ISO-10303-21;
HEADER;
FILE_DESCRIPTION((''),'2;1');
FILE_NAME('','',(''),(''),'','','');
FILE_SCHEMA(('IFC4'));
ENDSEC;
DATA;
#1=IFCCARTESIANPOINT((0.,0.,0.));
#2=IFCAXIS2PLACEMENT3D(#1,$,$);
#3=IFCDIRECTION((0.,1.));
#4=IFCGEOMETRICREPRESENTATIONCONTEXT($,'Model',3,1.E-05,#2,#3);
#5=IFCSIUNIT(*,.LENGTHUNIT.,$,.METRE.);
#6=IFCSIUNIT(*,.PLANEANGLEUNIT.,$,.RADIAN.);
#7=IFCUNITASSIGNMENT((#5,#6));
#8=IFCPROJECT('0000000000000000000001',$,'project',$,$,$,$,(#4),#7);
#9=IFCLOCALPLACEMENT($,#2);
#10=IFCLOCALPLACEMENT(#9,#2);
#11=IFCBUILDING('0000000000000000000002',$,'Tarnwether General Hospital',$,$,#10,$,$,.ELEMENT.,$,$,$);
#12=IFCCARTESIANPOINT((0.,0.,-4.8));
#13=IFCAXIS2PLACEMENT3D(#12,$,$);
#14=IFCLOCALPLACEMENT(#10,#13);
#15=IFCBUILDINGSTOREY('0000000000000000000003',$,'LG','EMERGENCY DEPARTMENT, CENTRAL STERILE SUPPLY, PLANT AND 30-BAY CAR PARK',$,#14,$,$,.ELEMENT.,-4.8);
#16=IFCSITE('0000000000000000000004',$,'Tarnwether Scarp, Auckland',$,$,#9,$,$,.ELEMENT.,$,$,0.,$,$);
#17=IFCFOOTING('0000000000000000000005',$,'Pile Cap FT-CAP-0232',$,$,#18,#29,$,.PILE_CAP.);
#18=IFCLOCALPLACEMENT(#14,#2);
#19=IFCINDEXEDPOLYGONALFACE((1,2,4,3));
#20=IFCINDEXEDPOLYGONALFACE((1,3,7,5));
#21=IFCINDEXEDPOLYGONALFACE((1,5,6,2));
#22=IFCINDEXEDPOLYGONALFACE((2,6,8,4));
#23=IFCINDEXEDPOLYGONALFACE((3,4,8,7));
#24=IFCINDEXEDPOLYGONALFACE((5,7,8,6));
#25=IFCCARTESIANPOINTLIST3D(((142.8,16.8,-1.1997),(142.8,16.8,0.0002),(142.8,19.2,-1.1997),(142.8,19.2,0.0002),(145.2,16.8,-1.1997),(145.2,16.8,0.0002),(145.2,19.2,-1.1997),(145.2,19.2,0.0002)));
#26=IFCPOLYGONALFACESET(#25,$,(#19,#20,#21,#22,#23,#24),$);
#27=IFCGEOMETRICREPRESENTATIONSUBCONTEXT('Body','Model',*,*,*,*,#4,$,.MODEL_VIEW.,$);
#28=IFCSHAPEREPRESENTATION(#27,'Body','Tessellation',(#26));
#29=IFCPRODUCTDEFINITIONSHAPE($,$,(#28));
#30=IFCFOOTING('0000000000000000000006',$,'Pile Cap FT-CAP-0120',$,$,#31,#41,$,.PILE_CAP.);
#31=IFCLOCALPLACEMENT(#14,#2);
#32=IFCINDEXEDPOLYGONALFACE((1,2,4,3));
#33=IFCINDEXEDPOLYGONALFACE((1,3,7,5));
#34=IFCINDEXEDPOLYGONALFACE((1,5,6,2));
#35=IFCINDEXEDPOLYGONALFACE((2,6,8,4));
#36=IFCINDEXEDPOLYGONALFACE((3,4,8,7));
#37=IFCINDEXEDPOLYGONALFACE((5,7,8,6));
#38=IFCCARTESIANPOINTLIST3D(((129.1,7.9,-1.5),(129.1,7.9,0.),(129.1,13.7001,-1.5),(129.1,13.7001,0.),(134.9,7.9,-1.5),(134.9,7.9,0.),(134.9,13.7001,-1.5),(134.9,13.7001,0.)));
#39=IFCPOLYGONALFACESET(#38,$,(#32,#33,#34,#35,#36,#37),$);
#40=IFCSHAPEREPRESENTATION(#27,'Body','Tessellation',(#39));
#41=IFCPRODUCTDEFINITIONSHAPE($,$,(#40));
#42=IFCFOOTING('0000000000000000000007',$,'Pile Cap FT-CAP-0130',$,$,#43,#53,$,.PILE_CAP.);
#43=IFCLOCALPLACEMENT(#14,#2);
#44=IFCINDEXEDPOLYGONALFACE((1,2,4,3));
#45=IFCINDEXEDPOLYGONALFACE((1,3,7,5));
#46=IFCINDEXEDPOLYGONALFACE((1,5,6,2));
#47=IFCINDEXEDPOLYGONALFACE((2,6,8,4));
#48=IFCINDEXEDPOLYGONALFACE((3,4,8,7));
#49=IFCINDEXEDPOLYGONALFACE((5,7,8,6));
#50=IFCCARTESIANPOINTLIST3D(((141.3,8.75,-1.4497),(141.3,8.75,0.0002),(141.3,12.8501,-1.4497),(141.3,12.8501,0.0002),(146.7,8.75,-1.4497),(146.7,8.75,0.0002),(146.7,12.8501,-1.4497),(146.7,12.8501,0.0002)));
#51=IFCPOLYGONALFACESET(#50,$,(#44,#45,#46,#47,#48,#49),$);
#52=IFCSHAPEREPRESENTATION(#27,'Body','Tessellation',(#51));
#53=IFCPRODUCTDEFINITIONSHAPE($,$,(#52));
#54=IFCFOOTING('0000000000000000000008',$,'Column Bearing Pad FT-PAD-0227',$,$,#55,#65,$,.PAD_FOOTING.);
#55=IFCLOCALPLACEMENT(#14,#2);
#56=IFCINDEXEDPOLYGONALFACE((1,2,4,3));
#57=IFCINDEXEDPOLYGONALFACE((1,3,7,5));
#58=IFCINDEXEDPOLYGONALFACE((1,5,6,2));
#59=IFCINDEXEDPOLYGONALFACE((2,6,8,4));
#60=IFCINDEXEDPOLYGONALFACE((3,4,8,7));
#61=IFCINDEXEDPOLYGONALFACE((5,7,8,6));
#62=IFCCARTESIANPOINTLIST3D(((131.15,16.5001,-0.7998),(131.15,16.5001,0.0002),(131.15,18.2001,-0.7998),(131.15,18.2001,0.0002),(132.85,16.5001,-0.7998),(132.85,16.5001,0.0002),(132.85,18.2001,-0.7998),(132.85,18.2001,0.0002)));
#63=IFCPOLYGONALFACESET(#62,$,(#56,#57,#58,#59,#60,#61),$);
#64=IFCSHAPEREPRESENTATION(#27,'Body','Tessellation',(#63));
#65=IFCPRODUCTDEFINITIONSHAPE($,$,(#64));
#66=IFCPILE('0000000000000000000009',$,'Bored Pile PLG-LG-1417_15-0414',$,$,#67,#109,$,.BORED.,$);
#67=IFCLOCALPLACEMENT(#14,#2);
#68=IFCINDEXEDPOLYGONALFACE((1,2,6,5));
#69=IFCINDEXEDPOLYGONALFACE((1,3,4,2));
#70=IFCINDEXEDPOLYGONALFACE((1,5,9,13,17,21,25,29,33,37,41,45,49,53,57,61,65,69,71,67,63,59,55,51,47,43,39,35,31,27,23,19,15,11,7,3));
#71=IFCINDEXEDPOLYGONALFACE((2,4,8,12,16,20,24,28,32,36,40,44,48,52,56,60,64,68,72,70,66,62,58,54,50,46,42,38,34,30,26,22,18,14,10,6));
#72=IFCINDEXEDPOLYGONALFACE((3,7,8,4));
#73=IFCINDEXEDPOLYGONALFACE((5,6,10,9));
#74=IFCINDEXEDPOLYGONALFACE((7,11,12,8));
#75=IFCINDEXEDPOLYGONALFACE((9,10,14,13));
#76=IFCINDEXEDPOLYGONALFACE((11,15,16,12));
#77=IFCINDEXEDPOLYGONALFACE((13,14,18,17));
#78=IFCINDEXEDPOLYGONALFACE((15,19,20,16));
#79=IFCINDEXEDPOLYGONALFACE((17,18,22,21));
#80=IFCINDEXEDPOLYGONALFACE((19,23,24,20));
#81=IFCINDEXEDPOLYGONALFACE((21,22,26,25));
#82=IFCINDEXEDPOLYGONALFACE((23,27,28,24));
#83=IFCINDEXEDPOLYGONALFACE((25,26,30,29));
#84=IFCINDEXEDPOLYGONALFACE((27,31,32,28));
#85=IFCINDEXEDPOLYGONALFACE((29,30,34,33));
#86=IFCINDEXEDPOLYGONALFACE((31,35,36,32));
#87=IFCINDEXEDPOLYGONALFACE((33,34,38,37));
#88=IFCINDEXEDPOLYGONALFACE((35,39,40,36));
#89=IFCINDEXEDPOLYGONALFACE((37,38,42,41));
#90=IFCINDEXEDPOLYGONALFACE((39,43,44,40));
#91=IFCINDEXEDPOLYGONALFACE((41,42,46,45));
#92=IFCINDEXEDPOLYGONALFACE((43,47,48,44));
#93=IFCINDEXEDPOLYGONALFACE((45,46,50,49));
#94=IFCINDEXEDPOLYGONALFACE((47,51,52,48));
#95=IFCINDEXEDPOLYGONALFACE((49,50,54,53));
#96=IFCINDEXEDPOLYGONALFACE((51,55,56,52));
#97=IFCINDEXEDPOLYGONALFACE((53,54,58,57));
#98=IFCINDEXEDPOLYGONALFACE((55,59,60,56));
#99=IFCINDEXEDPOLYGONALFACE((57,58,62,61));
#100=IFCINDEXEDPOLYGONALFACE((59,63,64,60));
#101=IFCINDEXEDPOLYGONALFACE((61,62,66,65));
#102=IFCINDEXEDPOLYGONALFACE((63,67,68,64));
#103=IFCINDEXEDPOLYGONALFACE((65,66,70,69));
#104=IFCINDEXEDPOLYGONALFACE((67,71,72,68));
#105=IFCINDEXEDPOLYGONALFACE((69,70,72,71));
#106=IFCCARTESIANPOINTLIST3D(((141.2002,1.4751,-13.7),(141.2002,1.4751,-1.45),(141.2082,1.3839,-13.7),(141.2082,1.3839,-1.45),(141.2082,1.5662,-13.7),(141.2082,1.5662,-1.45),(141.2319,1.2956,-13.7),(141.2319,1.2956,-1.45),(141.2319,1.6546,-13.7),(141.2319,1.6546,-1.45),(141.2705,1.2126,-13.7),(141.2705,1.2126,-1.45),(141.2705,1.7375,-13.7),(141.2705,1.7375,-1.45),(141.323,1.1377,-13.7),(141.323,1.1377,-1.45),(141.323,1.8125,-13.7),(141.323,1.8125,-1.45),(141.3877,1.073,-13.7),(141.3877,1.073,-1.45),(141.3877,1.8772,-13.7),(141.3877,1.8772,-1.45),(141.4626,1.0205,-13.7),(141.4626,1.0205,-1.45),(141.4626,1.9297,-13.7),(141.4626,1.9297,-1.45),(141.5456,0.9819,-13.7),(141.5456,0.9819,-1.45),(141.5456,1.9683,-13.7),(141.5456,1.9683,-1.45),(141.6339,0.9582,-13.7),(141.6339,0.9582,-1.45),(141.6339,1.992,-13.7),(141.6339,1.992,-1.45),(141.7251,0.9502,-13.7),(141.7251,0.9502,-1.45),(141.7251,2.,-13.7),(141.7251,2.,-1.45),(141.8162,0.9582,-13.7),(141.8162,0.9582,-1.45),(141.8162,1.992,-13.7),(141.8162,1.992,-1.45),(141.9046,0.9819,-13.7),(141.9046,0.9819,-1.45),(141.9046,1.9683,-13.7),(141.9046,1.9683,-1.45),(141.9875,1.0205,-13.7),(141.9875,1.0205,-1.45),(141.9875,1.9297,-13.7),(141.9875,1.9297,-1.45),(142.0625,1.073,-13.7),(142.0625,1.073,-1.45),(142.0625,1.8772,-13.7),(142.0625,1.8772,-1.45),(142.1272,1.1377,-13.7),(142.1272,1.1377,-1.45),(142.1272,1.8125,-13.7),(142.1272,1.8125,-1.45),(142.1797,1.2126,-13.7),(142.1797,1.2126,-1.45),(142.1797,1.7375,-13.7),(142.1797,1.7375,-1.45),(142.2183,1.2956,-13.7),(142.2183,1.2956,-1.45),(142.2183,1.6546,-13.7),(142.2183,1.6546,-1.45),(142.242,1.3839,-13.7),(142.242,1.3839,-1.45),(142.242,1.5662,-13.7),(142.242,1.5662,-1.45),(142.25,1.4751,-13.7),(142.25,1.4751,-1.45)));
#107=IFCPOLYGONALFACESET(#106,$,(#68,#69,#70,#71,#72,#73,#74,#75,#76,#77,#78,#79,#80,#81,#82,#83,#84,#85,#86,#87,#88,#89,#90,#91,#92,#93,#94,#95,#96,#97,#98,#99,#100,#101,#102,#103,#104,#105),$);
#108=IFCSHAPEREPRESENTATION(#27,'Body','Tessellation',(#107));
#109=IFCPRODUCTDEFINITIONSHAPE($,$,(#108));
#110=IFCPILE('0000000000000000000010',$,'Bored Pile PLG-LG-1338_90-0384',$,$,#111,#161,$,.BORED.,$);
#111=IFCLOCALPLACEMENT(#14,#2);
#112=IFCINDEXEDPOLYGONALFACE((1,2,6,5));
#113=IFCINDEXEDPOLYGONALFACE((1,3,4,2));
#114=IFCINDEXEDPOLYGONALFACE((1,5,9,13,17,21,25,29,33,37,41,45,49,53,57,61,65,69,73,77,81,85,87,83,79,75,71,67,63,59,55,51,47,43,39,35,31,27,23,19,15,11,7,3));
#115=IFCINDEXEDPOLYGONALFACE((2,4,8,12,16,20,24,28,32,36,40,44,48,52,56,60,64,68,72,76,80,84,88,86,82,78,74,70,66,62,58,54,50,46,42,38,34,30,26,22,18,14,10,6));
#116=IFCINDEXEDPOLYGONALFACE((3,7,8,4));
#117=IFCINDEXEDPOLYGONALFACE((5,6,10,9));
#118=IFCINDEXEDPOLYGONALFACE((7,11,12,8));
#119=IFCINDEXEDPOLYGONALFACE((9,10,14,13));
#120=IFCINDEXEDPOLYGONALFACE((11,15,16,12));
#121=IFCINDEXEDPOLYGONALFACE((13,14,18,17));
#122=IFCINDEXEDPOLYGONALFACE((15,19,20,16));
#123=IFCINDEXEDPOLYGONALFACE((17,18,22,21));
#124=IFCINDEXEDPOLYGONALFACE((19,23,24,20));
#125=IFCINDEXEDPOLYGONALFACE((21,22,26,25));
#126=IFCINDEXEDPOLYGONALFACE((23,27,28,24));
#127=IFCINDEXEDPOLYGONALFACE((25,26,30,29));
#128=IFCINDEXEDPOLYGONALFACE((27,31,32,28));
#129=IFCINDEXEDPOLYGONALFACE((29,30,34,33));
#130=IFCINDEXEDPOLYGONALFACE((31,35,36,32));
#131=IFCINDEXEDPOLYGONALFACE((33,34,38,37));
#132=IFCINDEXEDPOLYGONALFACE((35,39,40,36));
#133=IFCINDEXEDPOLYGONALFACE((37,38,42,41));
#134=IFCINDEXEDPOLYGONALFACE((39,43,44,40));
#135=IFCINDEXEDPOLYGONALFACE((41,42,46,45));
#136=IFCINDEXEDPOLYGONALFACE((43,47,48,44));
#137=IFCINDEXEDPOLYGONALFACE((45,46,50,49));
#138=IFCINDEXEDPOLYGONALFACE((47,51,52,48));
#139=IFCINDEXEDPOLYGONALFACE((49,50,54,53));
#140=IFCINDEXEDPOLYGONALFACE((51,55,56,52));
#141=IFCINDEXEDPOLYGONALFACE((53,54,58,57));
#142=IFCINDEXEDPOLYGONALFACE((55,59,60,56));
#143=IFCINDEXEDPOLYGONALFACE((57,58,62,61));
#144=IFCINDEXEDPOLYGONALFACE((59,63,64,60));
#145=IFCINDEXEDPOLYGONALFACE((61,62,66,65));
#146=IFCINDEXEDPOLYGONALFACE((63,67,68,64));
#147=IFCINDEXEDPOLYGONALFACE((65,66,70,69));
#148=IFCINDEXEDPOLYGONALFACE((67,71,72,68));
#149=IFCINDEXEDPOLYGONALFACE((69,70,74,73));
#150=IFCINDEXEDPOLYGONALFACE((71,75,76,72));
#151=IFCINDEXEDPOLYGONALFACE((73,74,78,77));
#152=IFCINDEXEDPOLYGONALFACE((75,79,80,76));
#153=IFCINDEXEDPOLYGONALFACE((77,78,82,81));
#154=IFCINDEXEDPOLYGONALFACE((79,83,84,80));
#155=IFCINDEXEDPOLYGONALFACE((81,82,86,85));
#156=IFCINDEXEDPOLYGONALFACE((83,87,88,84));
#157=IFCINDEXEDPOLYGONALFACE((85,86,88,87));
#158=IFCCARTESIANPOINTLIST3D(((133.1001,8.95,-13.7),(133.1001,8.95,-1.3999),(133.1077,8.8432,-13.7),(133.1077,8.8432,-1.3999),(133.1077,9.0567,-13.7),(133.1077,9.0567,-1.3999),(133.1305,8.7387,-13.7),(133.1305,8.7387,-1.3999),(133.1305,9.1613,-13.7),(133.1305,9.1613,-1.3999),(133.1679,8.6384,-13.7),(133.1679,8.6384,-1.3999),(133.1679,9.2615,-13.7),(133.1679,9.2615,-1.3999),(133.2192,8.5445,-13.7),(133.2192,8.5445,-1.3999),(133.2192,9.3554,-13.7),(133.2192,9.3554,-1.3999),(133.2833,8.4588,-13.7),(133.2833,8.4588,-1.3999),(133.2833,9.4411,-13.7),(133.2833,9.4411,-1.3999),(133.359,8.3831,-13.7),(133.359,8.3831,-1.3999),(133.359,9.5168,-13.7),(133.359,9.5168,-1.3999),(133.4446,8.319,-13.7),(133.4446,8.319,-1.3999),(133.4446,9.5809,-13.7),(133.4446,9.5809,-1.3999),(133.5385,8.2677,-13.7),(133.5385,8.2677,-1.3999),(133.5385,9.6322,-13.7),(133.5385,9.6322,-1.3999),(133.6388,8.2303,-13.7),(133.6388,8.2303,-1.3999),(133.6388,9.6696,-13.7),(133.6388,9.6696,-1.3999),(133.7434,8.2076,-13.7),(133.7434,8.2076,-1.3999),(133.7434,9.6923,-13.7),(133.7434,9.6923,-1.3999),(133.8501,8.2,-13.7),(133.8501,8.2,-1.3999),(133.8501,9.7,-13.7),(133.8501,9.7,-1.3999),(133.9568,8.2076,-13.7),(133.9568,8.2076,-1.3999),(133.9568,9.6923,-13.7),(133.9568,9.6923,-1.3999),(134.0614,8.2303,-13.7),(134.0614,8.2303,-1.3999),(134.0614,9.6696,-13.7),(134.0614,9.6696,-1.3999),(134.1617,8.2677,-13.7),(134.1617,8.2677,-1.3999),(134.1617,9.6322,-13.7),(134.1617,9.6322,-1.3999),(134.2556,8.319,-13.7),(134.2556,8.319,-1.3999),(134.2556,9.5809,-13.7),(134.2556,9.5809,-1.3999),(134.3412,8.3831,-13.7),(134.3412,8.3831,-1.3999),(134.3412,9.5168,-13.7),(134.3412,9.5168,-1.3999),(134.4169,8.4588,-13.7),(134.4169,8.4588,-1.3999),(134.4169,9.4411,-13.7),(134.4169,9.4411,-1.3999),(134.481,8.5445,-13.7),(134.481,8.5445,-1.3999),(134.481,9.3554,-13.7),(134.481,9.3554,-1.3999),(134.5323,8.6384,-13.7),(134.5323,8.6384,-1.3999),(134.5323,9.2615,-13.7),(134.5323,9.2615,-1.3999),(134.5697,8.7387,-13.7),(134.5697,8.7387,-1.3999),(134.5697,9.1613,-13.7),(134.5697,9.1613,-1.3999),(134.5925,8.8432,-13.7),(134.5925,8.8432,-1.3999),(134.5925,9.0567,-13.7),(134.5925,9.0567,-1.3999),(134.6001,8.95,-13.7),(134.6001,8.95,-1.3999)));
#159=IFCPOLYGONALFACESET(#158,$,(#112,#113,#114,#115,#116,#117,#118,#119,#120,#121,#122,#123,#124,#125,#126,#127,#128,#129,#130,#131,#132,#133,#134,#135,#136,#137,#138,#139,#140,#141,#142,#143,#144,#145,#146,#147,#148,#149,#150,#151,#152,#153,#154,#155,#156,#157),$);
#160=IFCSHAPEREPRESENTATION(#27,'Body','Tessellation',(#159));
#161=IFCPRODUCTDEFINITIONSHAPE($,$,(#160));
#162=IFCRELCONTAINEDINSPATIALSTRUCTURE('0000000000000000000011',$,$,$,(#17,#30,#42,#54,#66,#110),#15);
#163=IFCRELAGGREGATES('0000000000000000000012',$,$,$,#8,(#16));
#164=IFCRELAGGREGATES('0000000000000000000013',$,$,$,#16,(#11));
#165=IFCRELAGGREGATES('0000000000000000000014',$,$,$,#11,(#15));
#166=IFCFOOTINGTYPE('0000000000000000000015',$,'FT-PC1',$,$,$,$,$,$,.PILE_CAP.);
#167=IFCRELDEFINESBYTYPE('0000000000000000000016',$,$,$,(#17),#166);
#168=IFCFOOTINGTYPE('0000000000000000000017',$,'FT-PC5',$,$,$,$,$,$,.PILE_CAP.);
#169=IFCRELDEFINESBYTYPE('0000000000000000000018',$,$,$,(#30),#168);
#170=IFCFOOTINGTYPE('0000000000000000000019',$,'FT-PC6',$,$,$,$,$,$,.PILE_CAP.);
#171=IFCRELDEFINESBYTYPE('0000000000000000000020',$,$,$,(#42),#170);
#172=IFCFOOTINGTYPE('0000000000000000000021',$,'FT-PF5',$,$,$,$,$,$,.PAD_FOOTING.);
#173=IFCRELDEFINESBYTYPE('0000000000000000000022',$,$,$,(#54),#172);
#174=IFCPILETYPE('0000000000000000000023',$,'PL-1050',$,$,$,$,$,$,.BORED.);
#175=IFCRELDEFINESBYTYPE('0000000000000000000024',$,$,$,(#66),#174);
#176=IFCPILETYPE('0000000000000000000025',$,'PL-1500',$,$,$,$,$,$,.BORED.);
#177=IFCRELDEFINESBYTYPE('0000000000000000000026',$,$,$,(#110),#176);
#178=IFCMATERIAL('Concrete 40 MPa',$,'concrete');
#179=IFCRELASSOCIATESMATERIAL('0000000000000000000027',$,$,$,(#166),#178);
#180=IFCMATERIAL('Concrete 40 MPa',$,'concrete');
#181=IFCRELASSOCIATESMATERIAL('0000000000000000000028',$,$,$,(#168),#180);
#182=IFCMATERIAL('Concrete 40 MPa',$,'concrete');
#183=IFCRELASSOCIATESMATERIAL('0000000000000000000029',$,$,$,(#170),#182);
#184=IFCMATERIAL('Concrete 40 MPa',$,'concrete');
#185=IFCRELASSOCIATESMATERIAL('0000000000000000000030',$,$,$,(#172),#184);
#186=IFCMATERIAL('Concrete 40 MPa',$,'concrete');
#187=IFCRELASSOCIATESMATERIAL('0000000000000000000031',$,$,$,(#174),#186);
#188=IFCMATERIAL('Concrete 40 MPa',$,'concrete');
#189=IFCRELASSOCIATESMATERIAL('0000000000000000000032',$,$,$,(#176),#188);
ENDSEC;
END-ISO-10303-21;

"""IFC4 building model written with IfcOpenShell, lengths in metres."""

from ifc_helpers import new_model, si_unit, direction, frame, origin, origin_2d, place, context, subcontext, project, spatial, rectangle, circle, extrude, material, material_profile, profile_set, type_object, element, save


model = new_model("IFC4")

# Units and contexts
model_context = context("Model", 3, precision=1e-05, world=origin(), true_north=direction((0.0, 1.0)))
body_context = subcontext(model_context, "Body", "Model", "MODEL_VIEW")
ifc_project = project(units=[si_unit("LENGTHUNIT", "METRE"), si_unit("PLANEANGLEUNIT", "RADIAN")], contexts=[model_context])

# Site, building, storey
site_placement = place(None, origin())
site = spatial("IfcSite", under=ifc_project, at=site_placement, Name="Tarnwether Scarp, Auckland", CompositionType="ELEMENT", RefElevation=0.0)
building_placement = place(site_placement, origin())
building = spatial("IfcBuilding", under=site, at=building_placement, Name="Tarnwether General Hospital", CompositionType="ELEMENT")
storey_placement = place(building_placement, frame((0.0, 0.0, -4.8)))
storey = spatial("IfcBuildingStorey", under=building, at=storey_placement, Name="LG", Description="EMERGENCY DEPARTMENT, CENTRAL STERILE SUPPLY, PLANT AND 30-BAY CAR PARK", CompositionType="ELEMENT", Elevation=-4.8)

# Footings
ifc_material_1 = material(Name="Concrete 40 MPa", Category="concrete")
footing_type_1 = type_object("IfcFootingType", Name="FT-PC1", PredefinedType="PILE_CAP", material=ifc_material_1)
footing_1_placement = place(storey_placement, frame((144.0, 18.0, -1.1997), z_axis=(0.0, 0.0, 1.0), x_axis=(1.0, 0.0, 0.0)))
element("IfcFooting", 1, at=footing_1_placement, inside=storey, type_object=footing_type_1, Name="Pile Cap FT-CAP-0232", PredefinedType="PILE_CAP", context=body_context, shape_type="SweptSolid", body=[
    extrude(rectangle(XDim=2.3999, YDim=2.3999, at=origin_2d()), origin(), (0.0, 0.0, 1.0), 1.2),
])
ifc_material_2 = material(Name="Concrete 40 MPa", Category="concrete")
footing_type_2 = type_object("IfcFootingType", Name="FT-PC5", PredefinedType="PILE_CAP", material=ifc_material_2)
footing_2_placement = place(storey_placement, frame((132.0, 10.8, -1.5), z_axis=(0.0, 0.0, 1.0), x_axis=(0.0, 1.0, 0.0)))
element("IfcFooting", 2, at=footing_2_placement, inside=storey, type_object=footing_type_2, Name="Pile Cap FT-CAP-0120", PredefinedType="PILE_CAP", context=body_context, shape_type="SweptSolid", body=[
    extrude(rectangle(XDim=5.8, YDim=5.8, at=origin_2d()), origin(), (0.0, 0.0, 1.0), 1.5),
])
ifc_material_3 = material(Name="Concrete 40 MPa", Category="concrete")
footing_type_3 = type_object("IfcFootingType", Name="FT-PC6", PredefinedType="PILE_CAP", material=ifc_material_3)
footing_3_placement = place(storey_placement, frame((144.0, 10.8, -1.4497), z_axis=(0.0, 0.0, 1.0), x_axis=(1.0, 0.0, 0.0)))
element("IfcFooting", 3, at=footing_3_placement, inside=storey, type_object=footing_type_3, Name="Pile Cap FT-CAP-0130", PredefinedType="PILE_CAP", context=body_context, shape_type="SweptSolid", body=[
    extrude(rectangle(XDim=5.3999, YDim=4.1001, at=origin_2d()), origin(), (0.0, 0.0, 1.0), 1.45),
])
ifc_material_4 = material(Name="Concrete 40 MPa", Category="concrete")
footing_type_4 = type_object("IfcFootingType", Name="FT-PF5", PredefinedType="PAD_FOOTING", material=ifc_material_4)
footing_4_placement = place(storey_placement, frame((132.0, 17.3501, -0.7998), z_axis=(0.0, 0.0, 1.0), x_axis=(1.0, 0.0, 0.0)))
element("IfcFooting", 4, at=footing_4_placement, inside=storey, type_object=footing_type_4, Name="Column Bearing Pad FT-PAD-0227", PredefinedType="PAD_FOOTING", context=body_context, shape_type="SweptSolid", body=[
    extrude(rectangle(XDim=1.7, YDim=1.7, at=origin_2d()), origin(), (0.0, 0.0, 1.0), 0.8),
])

# Piles
ifc_material_5 = material(Name="Concrete 40 MPa", Category="concrete")
ifc_material_profile_1 = material_profile(ifc_material_5, circle(Radius=0.5249, at=origin_2d()), Name="PILE-D1050")
ifc_profile_set_1 = profile_set([ifc_material_profile_1], Name="Concrete 40 MPa")
pile_type_1 = type_object("IfcPileType", Name="PL-1050", PredefinedType="BORED", material=ifc_profile_set_1)
pile_1_placement = place(storey_placement, frame((141.7251, 1.4751, -1.45), z_axis=(0.0, 0.0, -1.0), x_axis=(1.0, 0.0, 0.0)))
element("IfcPile", 5, at=pile_1_placement, inside=storey, type_object=pile_type_1, Name="Bored Pile PLG-LG-1417_15-0414", PredefinedType="BORED", context=body_context, shape_type="SweptSolid", body=[
    extrude(circle(Radius=0.5249, at=origin_2d()), origin(), (0.0, 0.0, 1.0), 12.25),
])
ifc_material_6 = material(Name="Concrete 40 MPa", Category="concrete")
ifc_material_profile_2 = material_profile(ifc_material_6, circle(Radius=0.75, at=origin_2d()), Name="PILE-D1500")
ifc_profile_set_2 = profile_set([ifc_material_profile_2], Name="Concrete 40 MPa")
pile_type_2 = type_object("IfcPileType", Name="PL-1500", PredefinedType="BORED", material=ifc_profile_set_2)
for number, where, z_axis, x_axis, name in (
    (6, (133.8501, 8.95, -1.3999), (0.0, 0.0, -1.0), (1.0, 0.0, 0.0), "Bored Pile PLG-LG-1338_90-0384"),
):
    element("IfcPile", number, at=place(storey_placement, frame(where, z_axis=z_axis, x_axis=x_axis)), inside=storey, type_object=pile_type_2, Name=name, PredefinedType="BORED", context=body_context, shape_type="SweptSolid", body=[
        extrude(circle(Radius=0.75, at=origin_2d()), origin(), (0.0, 0.0, 1.0), 12.3),
    ])

save(model, "model.ifc")
